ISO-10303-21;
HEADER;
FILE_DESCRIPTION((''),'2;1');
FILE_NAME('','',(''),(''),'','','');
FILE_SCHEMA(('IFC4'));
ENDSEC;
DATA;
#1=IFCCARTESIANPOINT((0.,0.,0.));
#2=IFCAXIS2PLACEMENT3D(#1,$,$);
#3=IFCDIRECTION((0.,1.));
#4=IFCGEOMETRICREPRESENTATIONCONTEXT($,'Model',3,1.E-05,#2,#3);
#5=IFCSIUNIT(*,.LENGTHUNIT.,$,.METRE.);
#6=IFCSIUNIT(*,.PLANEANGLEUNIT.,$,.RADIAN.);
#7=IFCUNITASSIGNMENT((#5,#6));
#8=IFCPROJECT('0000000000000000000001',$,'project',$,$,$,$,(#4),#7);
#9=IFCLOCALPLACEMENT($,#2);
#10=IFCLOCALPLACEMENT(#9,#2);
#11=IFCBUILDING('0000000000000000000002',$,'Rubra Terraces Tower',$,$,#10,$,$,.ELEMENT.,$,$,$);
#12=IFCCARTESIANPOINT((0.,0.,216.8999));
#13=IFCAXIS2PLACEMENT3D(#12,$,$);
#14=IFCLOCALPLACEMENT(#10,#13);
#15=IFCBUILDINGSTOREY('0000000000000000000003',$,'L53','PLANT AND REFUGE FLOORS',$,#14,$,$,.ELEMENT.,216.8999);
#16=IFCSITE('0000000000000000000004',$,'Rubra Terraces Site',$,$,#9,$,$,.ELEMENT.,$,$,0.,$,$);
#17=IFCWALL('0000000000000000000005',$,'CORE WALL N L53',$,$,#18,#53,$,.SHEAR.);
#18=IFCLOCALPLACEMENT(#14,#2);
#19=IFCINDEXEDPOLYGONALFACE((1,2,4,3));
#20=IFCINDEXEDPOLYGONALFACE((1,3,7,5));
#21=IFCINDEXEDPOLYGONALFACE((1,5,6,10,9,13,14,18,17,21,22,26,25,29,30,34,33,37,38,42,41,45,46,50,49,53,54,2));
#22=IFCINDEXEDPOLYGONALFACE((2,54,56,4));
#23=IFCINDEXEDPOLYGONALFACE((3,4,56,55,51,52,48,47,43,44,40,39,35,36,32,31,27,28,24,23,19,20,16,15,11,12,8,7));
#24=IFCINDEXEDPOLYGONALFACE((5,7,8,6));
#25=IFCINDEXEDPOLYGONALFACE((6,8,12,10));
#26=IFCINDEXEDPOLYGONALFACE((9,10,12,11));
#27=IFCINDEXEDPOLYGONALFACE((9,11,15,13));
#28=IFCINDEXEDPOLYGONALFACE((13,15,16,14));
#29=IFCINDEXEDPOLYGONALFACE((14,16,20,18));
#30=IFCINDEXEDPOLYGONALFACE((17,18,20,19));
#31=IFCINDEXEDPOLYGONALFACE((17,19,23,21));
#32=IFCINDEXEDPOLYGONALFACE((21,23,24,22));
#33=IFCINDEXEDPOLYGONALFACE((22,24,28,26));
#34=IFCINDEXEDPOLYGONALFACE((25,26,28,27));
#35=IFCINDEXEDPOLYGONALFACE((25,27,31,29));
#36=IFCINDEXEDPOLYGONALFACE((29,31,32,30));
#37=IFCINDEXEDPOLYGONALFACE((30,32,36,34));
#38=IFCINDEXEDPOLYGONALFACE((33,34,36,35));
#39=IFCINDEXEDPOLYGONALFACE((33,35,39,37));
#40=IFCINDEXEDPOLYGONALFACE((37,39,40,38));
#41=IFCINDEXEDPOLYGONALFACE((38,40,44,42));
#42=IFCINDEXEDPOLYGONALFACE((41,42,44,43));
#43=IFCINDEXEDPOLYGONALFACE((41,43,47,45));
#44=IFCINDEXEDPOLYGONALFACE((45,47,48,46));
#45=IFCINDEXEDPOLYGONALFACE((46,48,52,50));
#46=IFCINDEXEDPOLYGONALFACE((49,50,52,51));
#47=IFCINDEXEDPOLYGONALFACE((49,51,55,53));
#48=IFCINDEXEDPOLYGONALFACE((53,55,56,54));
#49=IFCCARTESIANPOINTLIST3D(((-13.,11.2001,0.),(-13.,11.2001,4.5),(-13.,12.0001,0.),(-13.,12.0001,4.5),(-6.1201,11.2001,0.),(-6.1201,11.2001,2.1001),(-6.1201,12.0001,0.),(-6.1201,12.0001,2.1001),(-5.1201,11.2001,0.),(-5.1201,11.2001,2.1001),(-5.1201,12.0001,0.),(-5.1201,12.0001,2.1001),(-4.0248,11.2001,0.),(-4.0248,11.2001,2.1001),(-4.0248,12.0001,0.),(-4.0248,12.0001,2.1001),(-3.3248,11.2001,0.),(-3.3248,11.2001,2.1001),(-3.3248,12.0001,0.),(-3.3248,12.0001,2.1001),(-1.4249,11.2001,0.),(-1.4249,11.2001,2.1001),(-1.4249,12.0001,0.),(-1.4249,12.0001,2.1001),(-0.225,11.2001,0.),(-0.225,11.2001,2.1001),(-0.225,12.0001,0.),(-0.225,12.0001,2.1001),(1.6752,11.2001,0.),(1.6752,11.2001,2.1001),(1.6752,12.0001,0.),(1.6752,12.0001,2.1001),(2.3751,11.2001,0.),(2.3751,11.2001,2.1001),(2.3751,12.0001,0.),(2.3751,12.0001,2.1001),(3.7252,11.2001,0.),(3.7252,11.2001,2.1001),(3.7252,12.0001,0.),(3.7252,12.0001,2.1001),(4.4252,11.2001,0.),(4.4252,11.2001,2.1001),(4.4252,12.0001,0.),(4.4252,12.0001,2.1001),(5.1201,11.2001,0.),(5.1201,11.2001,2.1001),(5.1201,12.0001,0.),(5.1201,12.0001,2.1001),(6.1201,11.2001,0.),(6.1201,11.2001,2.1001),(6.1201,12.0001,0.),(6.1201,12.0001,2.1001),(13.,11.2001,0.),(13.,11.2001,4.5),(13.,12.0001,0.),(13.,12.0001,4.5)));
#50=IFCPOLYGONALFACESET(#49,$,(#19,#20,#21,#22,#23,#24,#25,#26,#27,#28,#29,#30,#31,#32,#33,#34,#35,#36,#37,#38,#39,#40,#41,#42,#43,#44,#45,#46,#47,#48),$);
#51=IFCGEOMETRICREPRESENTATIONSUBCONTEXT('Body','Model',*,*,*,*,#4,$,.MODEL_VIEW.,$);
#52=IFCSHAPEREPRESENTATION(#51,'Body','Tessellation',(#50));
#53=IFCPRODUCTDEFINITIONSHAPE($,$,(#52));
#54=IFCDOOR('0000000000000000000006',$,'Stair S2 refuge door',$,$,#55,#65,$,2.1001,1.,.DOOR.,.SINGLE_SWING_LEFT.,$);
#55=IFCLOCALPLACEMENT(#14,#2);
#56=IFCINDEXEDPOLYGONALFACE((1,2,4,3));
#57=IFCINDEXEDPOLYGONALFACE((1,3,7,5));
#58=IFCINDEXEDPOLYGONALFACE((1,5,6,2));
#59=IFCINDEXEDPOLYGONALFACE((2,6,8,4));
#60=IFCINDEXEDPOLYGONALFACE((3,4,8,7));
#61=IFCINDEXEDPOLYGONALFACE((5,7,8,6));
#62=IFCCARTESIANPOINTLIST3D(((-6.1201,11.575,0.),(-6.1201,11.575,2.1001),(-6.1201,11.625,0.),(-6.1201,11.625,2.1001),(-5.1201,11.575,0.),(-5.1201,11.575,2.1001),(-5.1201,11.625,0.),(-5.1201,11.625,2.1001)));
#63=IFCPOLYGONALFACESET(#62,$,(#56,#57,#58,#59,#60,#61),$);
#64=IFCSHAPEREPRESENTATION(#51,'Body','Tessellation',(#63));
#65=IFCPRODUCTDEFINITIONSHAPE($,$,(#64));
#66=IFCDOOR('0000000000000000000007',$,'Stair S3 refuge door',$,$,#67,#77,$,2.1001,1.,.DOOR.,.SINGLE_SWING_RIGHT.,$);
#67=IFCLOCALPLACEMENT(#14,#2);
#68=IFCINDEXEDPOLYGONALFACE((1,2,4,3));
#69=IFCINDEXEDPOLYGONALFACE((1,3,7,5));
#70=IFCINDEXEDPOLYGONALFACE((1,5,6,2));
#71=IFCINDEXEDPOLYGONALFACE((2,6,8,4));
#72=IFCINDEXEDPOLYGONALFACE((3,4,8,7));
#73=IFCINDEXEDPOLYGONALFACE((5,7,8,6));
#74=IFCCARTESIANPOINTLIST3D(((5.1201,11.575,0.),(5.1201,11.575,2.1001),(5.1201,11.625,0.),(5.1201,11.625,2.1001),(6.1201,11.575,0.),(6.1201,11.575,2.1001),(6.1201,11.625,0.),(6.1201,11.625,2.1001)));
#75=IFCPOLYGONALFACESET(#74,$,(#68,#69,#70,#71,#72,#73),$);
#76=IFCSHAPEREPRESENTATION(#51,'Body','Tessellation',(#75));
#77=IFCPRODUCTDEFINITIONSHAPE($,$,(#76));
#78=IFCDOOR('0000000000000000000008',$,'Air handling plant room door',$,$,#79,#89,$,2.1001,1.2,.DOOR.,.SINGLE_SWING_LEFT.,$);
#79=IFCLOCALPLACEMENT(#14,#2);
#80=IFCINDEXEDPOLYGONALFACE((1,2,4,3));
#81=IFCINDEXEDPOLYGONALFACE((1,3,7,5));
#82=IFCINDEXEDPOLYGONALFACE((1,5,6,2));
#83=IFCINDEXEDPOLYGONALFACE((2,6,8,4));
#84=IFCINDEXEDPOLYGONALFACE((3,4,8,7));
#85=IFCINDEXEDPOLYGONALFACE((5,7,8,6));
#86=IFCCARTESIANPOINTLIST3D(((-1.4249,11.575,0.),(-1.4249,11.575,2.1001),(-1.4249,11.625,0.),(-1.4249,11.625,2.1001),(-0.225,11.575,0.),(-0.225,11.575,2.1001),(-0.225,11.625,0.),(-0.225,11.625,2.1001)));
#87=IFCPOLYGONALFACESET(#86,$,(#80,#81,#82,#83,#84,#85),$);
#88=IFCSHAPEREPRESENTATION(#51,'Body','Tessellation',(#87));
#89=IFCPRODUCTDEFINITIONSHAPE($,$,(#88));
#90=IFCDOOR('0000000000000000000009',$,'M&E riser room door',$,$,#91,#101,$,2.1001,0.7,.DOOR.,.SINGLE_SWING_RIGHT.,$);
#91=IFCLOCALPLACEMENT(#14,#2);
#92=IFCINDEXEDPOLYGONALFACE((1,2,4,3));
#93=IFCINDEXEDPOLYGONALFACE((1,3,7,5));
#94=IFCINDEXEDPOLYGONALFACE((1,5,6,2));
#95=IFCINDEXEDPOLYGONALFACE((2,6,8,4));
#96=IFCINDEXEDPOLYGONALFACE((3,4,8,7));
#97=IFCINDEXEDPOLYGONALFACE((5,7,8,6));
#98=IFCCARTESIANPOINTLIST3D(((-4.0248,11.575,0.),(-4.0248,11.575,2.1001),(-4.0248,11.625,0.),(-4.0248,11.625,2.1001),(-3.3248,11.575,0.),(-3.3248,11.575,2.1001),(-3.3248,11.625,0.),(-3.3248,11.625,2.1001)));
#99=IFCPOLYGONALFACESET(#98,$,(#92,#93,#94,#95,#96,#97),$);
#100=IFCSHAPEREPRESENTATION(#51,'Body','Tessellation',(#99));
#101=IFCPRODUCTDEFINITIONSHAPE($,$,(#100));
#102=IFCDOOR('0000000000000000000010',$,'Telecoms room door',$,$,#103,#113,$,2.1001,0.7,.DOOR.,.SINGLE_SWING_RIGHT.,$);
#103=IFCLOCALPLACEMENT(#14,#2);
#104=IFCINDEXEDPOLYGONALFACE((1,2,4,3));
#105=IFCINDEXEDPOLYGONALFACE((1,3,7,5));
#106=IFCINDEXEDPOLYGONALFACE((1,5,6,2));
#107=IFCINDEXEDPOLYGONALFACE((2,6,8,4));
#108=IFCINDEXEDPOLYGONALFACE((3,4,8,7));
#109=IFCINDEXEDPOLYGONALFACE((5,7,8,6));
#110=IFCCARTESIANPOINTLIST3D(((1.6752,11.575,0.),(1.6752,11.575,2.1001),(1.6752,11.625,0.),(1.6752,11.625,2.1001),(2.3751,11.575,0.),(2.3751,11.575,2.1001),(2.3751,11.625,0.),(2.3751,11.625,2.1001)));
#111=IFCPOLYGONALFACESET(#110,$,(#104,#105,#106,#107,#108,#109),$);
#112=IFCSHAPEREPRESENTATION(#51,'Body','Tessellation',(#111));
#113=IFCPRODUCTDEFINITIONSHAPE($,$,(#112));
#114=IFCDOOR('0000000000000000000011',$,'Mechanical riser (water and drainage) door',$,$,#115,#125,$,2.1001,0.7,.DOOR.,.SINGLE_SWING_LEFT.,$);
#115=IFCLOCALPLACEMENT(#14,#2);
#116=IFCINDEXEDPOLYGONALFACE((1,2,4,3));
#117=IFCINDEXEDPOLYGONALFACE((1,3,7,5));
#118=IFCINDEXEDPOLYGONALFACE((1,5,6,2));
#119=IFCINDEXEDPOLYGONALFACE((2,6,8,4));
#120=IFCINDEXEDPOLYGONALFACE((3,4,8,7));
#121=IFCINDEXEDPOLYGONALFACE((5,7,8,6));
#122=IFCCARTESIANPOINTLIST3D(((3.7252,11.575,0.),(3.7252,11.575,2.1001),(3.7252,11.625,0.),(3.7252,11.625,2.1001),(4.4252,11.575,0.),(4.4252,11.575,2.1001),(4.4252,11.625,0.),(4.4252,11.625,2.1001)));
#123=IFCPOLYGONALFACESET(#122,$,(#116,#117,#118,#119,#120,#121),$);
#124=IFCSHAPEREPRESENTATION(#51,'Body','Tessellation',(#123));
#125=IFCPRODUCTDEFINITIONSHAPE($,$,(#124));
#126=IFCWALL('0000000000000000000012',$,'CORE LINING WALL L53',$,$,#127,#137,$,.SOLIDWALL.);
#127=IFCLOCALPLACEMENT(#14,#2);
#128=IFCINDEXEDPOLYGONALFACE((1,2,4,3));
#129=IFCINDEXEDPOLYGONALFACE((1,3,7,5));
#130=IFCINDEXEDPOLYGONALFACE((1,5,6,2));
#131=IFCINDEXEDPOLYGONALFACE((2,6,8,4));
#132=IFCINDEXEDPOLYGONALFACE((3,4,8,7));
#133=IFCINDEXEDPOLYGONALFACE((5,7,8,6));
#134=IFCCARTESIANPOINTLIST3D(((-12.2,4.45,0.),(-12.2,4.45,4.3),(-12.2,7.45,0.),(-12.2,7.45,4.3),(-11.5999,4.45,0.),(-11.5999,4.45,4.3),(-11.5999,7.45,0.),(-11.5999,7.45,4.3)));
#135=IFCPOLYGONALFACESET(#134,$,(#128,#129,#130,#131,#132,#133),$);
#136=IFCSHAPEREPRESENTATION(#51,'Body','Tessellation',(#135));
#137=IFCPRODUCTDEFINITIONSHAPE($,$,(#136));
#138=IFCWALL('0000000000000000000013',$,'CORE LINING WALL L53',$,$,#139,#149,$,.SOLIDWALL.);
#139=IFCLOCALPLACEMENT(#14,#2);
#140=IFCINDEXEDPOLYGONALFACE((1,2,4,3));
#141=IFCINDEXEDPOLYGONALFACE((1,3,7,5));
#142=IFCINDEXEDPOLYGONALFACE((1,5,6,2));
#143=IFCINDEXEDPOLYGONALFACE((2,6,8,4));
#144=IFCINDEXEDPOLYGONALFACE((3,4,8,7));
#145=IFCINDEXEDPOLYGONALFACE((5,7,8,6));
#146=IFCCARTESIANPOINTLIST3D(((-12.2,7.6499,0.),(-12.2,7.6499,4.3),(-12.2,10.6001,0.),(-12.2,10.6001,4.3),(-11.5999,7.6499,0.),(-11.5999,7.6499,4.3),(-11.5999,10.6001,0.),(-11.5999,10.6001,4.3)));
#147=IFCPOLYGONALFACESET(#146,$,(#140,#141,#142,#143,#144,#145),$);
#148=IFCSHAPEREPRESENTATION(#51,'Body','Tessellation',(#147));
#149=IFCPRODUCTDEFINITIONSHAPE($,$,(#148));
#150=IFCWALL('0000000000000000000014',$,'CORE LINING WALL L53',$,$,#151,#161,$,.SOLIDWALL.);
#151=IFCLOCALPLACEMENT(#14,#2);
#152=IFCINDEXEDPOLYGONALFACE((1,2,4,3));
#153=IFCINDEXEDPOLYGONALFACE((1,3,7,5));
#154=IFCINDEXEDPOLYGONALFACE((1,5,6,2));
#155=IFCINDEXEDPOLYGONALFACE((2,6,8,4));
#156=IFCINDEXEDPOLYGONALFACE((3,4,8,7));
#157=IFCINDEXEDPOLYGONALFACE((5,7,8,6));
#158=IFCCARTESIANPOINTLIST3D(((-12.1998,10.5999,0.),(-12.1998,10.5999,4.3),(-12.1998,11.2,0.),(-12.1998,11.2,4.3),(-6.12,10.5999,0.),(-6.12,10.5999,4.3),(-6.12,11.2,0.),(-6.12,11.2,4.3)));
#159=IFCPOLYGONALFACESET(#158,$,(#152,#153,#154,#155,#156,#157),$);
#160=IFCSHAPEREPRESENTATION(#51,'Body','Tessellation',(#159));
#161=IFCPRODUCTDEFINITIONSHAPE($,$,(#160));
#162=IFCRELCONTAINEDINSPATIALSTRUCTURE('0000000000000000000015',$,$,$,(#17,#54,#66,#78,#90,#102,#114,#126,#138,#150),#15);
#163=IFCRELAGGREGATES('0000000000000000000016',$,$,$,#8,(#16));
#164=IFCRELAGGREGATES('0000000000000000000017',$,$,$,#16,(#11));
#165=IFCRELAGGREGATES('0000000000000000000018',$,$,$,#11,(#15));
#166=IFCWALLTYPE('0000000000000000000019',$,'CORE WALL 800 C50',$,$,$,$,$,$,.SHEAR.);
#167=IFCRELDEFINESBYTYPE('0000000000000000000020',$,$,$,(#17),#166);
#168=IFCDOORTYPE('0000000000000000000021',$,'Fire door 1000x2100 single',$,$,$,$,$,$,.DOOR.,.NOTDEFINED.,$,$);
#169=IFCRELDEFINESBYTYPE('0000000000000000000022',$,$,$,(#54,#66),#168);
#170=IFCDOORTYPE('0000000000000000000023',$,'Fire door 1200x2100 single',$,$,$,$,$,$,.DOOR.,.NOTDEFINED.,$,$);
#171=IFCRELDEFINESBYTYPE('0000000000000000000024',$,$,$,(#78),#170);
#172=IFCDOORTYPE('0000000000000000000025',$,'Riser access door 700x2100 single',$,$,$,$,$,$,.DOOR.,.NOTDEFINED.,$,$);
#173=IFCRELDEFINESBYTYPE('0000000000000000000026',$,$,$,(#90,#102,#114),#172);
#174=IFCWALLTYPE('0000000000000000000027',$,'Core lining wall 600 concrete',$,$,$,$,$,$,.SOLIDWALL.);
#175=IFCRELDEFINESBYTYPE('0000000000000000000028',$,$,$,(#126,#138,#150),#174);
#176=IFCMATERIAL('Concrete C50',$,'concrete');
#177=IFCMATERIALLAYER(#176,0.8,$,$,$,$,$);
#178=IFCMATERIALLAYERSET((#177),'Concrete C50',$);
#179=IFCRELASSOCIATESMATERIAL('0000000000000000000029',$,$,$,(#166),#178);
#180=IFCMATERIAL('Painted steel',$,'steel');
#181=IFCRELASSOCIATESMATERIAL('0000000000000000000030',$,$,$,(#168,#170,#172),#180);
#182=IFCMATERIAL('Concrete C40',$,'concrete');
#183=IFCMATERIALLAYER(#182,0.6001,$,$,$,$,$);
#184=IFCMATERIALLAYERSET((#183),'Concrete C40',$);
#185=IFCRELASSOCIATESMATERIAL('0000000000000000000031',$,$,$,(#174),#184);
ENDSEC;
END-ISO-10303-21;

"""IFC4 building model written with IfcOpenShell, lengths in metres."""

from ifc_helpers import new_model, si_unit, direction, frame, frame_2d, origin, place, context, subcontext, project, spatial, rectangle, extrude, material, layer, layer_set, type_object, element, fill, save


model = new_model("IFC4")

# Units and contexts
model_context = context("Model", 3, precision=1e-05, world=origin(), true_north=direction((0.0, 1.0)))
body_context = subcontext(model_context, "Body", "Model", "MODEL_VIEW")
ifc_project = project(units=[si_unit("LENGTHUNIT", "METRE"), si_unit("PLANEANGLEUNIT", "RADIAN")], contexts=[model_context])

# Site, building, storey
site_placement = place(None, origin())
site = spatial("IfcSite", under=ifc_project, at=site_placement, Name="Rubra Terraces Site", CompositionType="ELEMENT", RefElevation=0.0)
building_placement = place(site_placement, origin())
building = spatial("IfcBuilding", under=site, at=building_placement, Name="Rubra Terraces Tower", CompositionType="ELEMENT")
storey_placement = place(building_placement, frame((0.0, 0.0, 216.8999)))
storey = spatial("IfcBuildingStorey", under=building, at=storey_placement, Name="L53", Description="PLANT AND REFUGE FLOORS", CompositionType="ELEMENT", Elevation=216.8999)

# Wall, openings, doors
ifc_material_1 = material(Name="Concrete C50", Category="concrete")
ifc_layer_1 = layer(ifc_material_1, 0.8)
ifc_layer_set_1 = layer_set([ifc_layer_1], Name="Concrete C50")
wall_type_1 = type_object("IfcWallType", Name="CORE WALL 800 C50", PredefinedType="SHEAR", material=ifc_layer_set_1)
wall_1_placement = place(storey_placement, frame((-13.0, 11.6001, 0.0), z_axis=(0.0, 0.0, 1.0), x_axis=(1.0, 0.0, 0.0)))
wall_1 = element("IfcWall", 1, at=wall_1_placement, inside=storey, type_object=wall_type_1, Name="CORE WALL N L53", PredefinedType="SHEAR", context=body_context, shape_type="SweptSolid", body=[
    extrude(rectangle(XDim=26.0, YDim=0.8, at=frame_2d((13.0, 0.0))), origin(), (0.0, 0.0, 1.0), 4.5),
])
opening_1_placement = place(wall_1_placement, frame((8.9751, 0.0, 0.0)))
opening_1 = element("IfcOpeningElement", 2, at=opening_1_placement, cuts=wall_1, PredefinedType="OPENING", context=body_context, shape_type="SweptSolid", body=[
    extrude(rectangle(XDim=0.7, YDim=2.1001, at=frame_2d((0.3501, 1.05))), frame((0.0, 0.4099, 0.0), z_axis=(0.0, -1.0, 0.0), x_axis=(1.0, 0.0, 0.0)), (0.0, 0.0, 1.0), 0.8201),
])
opening_2_placement = place(wall_1_placement, frame((11.575, 0.0, 0.0)))
opening_2 = element("IfcOpeningElement", 3, at=opening_2_placement, cuts=wall_1, PredefinedType="OPENING", context=body_context, shape_type="SweptSolid", body=[
    extrude(rectangle(XDim=1.2, YDim=2.1001, at=frame_2d((0.6001, 1.05))), frame((0.0, 0.4099, 0.0), z_axis=(0.0, -1.0, 0.0), x_axis=(1.0, 0.0, 0.0)), (0.0, 0.0, 1.0), 0.8201),
])
opening_3_placement = place(wall_1_placement, frame((14.675, 0.0, 0.0)))
opening_3 = element("IfcOpeningElement", 4, at=opening_3_placement, cuts=wall_1, PredefinedType="OPENING", context=body_context, shape_type="SweptSolid", body=[
    extrude(rectangle(XDim=0.7, YDim=2.1001, at=frame_2d((0.3501, 1.05))), frame((0.0, 0.4099, 0.0), z_axis=(0.0, -1.0, 0.0), x_axis=(1.0, 0.0, 0.0)), (0.0, 0.0, 1.0), 0.8201),
])
opening_4_placement = place(wall_1_placement, frame((16.7251, 0.0, 0.0)))
opening_4 = element("IfcOpeningElement", 5, at=opening_4_placement, cuts=wall_1, PredefinedType="OPENING", context=body_context, shape_type="SweptSolid", body=[
    extrude(rectangle(XDim=0.7, YDim=2.1001, at=frame_2d((0.3501, 1.05))), frame((0.0, 0.4099, 0.0), z_axis=(0.0, -1.0, 0.0), x_axis=(1.0, 0.0, 0.0)), (0.0, 0.0, 1.0), 0.8201),
])
opening_5_placement = place(wall_1_placement, frame((6.8799, 0.0, 0.0)))
opening_5 = element("IfcOpeningElement", 6, at=opening_5_placement, cuts=wall_1, PredefinedType="OPENING", context=body_context, shape_type="SweptSolid", body=[
    extrude(rectangle(XDim=1.0, YDim=2.1001, at=frame_2d((0.5, 1.05))), frame((0.0, 0.4099, 0.0), z_axis=(0.0, -1.0, 0.0), x_axis=(1.0, 0.0, 0.0)), (0.0, 0.0, 1.0), 0.8201),
])
opening_6_placement = place(wall_1_placement, frame((18.1201, 0.0, 0.0)))
opening_6 = element("IfcOpeningElement", 7, at=opening_6_placement, cuts=wall_1, PredefinedType="OPENING", context=body_context, shape_type="SweptSolid", body=[
    extrude(rectangle(XDim=1.0, YDim=2.1001, at=frame_2d((0.5, 1.05))), frame((0.0, 0.4099, 0.0), z_axis=(0.0, -1.0, 0.0), x_axis=(1.0, 0.0, 0.0)), (0.0, 0.0, 1.0), 0.8201),
])
ifc_material_2 = material(Name="Painted steel", Category="steel")
door_type_1 = type_object("IfcDoorType", Name="Fire door 1000x2100 single", OperationType="NOTDEFINED", PredefinedType="DOOR", material=ifc_material_2)
door_1_placement = place(opening_5_placement, origin())
door_1 = element("IfcDoor", 8, at=door_1_placement, inside=storey, type_object=door_type_1, Name="Stair S2 refuge door", OperationType="SINGLE_SWING_LEFT", OverallHeight=2.1001, OverallWidth=1.0, PredefinedType="DOOR", context=body_context, shape_type="SweptSolid", body=[
    extrude(rectangle(XDim=1.0, YDim=2.1001, at=frame_2d((0.5, 1.05))), frame((0.0, 0.0249, 0.0), z_axis=(0.0, -1.0, 0.0), x_axis=(1.0, 0.0, 0.0)), (0.0, 0.0, 1.0), 0.05),
])
fill(opening_5, door_1)
door_2_placement = place(opening_6_placement, origin())
door_2 = element("IfcDoor", 9, at=door_2_placement, inside=storey, type_object=door_type_1, Name="Stair S3 refuge door", OperationType="SINGLE_SWING_RIGHT", OverallHeight=2.1001, OverallWidth=1.0, PredefinedType="DOOR", context=body_context, shape_type="SweptSolid", body=[
    extrude(rectangle(XDim=1.0, YDim=2.1001, at=frame_2d((0.5, 1.05))), frame((0.0, 0.0249, 0.0), z_axis=(0.0, -1.0, 0.0), x_axis=(1.0, 0.0, 0.0)), (0.0, 0.0, 1.0), 0.05),
])
fill(opening_6, door_2)
door_type_2 = type_object("IfcDoorType", Name="Fire door 1200x2100 single", OperationType="NOTDEFINED", PredefinedType="DOOR", material=ifc_material_2)
door_3_placement = place(opening_2_placement, origin())
door_3 = element("IfcDoor", 10, at=door_3_placement, inside=storey, type_object=door_type_2, Name="Air handling plant room door", OperationType="SINGLE_SWING_LEFT", OverallHeight=2.1001, OverallWidth=1.2, PredefinedType="DOOR", context=body_context, shape_type="SweptSolid", body=[
    extrude(rectangle(XDim=1.2, YDim=2.1001, at=frame_2d((0.6001, 1.05))), frame((0.0, 0.0249, 0.0), z_axis=(0.0, -1.0, 0.0), x_axis=(1.0, 0.0, 0.0)), (0.0, 0.0, 1.0), 0.05),
])
fill(opening_2, door_3)
door_type_3 = type_object("IfcDoorType", Name="Riser access door 700x2100 single", OperationType="NOTDEFINED", PredefinedType="DOOR", material=ifc_material_2)
door_4_placement = place(opening_1_placement, origin())
door_4 = element("IfcDoor", 11, at=door_4_placement, inside=storey, type_object=door_type_3, Name="M&E riser room door", OperationType="SINGLE_SWING_RIGHT", OverallHeight=2.1001, OverallWidth=0.7, PredefinedType="DOOR", context=body_context, shape_type="SweptSolid", body=[
    extrude(rectangle(XDim=0.7, YDim=2.1001, at=frame_2d((0.3501, 1.05))), frame((0.0, 0.0249, 0.0), z_axis=(0.0, -1.0, 0.0), x_axis=(1.0, 0.0, 0.0)), (0.0, 0.0, 1.0), 0.05),
])
fill(opening_1, door_4)
door_5_placement = place(opening_3_placement, origin())
door_5 = element("IfcDoor", 12, at=door_5_placement, inside=storey, type_object=door_type_3, Name="Telecoms room door", OperationType="SINGLE_SWING_RIGHT", OverallHeight=2.1001, OverallWidth=0.7, PredefinedType="DOOR", context=body_context, shape_type="SweptSolid", body=[
    extrude(rectangle(XDim=0.7, YDim=2.1001, at=frame_2d((0.3501, 1.05))), frame((0.0, 0.0249, 0.0), z_axis=(0.0, -1.0, 0.0), x_axis=(1.0, 0.0, 0.0)), (0.0, 0.0, 1.0), 0.05),
])
fill(opening_3, door_5)
door_6_placement = place(opening_4_placement, origin())
door_6 = element("IfcDoor", 13, at=door_6_placement, inside=storey, type_object=door_type_3, Name="Mechanical riser (water and drainage) door", OperationType="SINGLE_SWING_LEFT", OverallHeight=2.1001, OverallWidth=0.7, PredefinedType="DOOR", context=body_context, shape_type="SweptSolid", body=[
    extrude(rectangle(XDim=0.7, YDim=2.1001, at=frame_2d((0.3501, 1.05))), frame((0.0, 0.0249, 0.0), z_axis=(0.0, -1.0, 0.0), x_axis=(1.0, 0.0, 0.0)), (0.0, 0.0, 1.0), 0.05),
])
fill(opening_4, door_6)

# Walls
ifc_material_3 = material(Name="Concrete C40", Category="concrete")
ifc_layer_2 = layer(ifc_material_3, 0.6001)
ifc_layer_set_2 = layer_set([ifc_layer_2], Name="Concrete C40")
wall_type_2 = type_object("IfcWallType", Name="Core lining wall 600 concrete", PredefinedType="SOLIDWALL", material=ifc_layer_set_2)
wall_2_placement = place(storey_placement, frame((-11.8999, 4.45, 0.0), z_axis=(0.0, 0.0, 1.0), x_axis=(0.0, 1.0, 0.0)))
element("IfcWall", 14, at=wall_2_placement, inside=storey, type_object=wall_type_2, Name="CORE LINING WALL L53", PredefinedType="SOLIDWALL", context=body_context, shape_type="SweptSolid", body=[
    extrude(rectangle(XDim=3.0, YDim=0.6001, at=frame_2d((1.5, 0.0))), origin(), (0.0, 0.0, 1.0), 4.3),
])
wall_3_placement = place(storey_placement, frame((-11.8999, 7.6499, 0.0), z_axis=(0.0, 0.0, 1.0), x_axis=(0.0, 1.0, 0.0)))
element("IfcWall", 15, at=wall_3_placement, inside=storey, type_object=wall_type_2, Name="CORE LINING WALL L53", PredefinedType="SOLIDWALL", context=body_context, shape_type="SweptSolid", body=[
    extrude(rectangle(XDim=2.9502, YDim=0.6001, at=frame_2d((1.4751, 0.0))), origin(), (0.0, 0.0, 1.0), 4.3),
])
wall_4_placement = place(storey_placement, frame((-12.2, 10.8999, 0.0), z_axis=(0.0, 0.0, 1.0), x_axis=(1.0, 0.0, 0.0)))
element("IfcWall", 16, at=wall_4_placement, inside=storey, type_object=wall_type_2, Name="CORE LINING WALL L53", PredefinedType="SOLIDWALL", context=body_context, shape_type="SweptSolid", body=[
    extrude(rectangle(XDim=6.0798, YDim=0.6001, at=frame_2d((3.04, 0.0))), origin(), (0.0, 0.0, 1.0), 4.3),
])

save(model, "model.ifc")
